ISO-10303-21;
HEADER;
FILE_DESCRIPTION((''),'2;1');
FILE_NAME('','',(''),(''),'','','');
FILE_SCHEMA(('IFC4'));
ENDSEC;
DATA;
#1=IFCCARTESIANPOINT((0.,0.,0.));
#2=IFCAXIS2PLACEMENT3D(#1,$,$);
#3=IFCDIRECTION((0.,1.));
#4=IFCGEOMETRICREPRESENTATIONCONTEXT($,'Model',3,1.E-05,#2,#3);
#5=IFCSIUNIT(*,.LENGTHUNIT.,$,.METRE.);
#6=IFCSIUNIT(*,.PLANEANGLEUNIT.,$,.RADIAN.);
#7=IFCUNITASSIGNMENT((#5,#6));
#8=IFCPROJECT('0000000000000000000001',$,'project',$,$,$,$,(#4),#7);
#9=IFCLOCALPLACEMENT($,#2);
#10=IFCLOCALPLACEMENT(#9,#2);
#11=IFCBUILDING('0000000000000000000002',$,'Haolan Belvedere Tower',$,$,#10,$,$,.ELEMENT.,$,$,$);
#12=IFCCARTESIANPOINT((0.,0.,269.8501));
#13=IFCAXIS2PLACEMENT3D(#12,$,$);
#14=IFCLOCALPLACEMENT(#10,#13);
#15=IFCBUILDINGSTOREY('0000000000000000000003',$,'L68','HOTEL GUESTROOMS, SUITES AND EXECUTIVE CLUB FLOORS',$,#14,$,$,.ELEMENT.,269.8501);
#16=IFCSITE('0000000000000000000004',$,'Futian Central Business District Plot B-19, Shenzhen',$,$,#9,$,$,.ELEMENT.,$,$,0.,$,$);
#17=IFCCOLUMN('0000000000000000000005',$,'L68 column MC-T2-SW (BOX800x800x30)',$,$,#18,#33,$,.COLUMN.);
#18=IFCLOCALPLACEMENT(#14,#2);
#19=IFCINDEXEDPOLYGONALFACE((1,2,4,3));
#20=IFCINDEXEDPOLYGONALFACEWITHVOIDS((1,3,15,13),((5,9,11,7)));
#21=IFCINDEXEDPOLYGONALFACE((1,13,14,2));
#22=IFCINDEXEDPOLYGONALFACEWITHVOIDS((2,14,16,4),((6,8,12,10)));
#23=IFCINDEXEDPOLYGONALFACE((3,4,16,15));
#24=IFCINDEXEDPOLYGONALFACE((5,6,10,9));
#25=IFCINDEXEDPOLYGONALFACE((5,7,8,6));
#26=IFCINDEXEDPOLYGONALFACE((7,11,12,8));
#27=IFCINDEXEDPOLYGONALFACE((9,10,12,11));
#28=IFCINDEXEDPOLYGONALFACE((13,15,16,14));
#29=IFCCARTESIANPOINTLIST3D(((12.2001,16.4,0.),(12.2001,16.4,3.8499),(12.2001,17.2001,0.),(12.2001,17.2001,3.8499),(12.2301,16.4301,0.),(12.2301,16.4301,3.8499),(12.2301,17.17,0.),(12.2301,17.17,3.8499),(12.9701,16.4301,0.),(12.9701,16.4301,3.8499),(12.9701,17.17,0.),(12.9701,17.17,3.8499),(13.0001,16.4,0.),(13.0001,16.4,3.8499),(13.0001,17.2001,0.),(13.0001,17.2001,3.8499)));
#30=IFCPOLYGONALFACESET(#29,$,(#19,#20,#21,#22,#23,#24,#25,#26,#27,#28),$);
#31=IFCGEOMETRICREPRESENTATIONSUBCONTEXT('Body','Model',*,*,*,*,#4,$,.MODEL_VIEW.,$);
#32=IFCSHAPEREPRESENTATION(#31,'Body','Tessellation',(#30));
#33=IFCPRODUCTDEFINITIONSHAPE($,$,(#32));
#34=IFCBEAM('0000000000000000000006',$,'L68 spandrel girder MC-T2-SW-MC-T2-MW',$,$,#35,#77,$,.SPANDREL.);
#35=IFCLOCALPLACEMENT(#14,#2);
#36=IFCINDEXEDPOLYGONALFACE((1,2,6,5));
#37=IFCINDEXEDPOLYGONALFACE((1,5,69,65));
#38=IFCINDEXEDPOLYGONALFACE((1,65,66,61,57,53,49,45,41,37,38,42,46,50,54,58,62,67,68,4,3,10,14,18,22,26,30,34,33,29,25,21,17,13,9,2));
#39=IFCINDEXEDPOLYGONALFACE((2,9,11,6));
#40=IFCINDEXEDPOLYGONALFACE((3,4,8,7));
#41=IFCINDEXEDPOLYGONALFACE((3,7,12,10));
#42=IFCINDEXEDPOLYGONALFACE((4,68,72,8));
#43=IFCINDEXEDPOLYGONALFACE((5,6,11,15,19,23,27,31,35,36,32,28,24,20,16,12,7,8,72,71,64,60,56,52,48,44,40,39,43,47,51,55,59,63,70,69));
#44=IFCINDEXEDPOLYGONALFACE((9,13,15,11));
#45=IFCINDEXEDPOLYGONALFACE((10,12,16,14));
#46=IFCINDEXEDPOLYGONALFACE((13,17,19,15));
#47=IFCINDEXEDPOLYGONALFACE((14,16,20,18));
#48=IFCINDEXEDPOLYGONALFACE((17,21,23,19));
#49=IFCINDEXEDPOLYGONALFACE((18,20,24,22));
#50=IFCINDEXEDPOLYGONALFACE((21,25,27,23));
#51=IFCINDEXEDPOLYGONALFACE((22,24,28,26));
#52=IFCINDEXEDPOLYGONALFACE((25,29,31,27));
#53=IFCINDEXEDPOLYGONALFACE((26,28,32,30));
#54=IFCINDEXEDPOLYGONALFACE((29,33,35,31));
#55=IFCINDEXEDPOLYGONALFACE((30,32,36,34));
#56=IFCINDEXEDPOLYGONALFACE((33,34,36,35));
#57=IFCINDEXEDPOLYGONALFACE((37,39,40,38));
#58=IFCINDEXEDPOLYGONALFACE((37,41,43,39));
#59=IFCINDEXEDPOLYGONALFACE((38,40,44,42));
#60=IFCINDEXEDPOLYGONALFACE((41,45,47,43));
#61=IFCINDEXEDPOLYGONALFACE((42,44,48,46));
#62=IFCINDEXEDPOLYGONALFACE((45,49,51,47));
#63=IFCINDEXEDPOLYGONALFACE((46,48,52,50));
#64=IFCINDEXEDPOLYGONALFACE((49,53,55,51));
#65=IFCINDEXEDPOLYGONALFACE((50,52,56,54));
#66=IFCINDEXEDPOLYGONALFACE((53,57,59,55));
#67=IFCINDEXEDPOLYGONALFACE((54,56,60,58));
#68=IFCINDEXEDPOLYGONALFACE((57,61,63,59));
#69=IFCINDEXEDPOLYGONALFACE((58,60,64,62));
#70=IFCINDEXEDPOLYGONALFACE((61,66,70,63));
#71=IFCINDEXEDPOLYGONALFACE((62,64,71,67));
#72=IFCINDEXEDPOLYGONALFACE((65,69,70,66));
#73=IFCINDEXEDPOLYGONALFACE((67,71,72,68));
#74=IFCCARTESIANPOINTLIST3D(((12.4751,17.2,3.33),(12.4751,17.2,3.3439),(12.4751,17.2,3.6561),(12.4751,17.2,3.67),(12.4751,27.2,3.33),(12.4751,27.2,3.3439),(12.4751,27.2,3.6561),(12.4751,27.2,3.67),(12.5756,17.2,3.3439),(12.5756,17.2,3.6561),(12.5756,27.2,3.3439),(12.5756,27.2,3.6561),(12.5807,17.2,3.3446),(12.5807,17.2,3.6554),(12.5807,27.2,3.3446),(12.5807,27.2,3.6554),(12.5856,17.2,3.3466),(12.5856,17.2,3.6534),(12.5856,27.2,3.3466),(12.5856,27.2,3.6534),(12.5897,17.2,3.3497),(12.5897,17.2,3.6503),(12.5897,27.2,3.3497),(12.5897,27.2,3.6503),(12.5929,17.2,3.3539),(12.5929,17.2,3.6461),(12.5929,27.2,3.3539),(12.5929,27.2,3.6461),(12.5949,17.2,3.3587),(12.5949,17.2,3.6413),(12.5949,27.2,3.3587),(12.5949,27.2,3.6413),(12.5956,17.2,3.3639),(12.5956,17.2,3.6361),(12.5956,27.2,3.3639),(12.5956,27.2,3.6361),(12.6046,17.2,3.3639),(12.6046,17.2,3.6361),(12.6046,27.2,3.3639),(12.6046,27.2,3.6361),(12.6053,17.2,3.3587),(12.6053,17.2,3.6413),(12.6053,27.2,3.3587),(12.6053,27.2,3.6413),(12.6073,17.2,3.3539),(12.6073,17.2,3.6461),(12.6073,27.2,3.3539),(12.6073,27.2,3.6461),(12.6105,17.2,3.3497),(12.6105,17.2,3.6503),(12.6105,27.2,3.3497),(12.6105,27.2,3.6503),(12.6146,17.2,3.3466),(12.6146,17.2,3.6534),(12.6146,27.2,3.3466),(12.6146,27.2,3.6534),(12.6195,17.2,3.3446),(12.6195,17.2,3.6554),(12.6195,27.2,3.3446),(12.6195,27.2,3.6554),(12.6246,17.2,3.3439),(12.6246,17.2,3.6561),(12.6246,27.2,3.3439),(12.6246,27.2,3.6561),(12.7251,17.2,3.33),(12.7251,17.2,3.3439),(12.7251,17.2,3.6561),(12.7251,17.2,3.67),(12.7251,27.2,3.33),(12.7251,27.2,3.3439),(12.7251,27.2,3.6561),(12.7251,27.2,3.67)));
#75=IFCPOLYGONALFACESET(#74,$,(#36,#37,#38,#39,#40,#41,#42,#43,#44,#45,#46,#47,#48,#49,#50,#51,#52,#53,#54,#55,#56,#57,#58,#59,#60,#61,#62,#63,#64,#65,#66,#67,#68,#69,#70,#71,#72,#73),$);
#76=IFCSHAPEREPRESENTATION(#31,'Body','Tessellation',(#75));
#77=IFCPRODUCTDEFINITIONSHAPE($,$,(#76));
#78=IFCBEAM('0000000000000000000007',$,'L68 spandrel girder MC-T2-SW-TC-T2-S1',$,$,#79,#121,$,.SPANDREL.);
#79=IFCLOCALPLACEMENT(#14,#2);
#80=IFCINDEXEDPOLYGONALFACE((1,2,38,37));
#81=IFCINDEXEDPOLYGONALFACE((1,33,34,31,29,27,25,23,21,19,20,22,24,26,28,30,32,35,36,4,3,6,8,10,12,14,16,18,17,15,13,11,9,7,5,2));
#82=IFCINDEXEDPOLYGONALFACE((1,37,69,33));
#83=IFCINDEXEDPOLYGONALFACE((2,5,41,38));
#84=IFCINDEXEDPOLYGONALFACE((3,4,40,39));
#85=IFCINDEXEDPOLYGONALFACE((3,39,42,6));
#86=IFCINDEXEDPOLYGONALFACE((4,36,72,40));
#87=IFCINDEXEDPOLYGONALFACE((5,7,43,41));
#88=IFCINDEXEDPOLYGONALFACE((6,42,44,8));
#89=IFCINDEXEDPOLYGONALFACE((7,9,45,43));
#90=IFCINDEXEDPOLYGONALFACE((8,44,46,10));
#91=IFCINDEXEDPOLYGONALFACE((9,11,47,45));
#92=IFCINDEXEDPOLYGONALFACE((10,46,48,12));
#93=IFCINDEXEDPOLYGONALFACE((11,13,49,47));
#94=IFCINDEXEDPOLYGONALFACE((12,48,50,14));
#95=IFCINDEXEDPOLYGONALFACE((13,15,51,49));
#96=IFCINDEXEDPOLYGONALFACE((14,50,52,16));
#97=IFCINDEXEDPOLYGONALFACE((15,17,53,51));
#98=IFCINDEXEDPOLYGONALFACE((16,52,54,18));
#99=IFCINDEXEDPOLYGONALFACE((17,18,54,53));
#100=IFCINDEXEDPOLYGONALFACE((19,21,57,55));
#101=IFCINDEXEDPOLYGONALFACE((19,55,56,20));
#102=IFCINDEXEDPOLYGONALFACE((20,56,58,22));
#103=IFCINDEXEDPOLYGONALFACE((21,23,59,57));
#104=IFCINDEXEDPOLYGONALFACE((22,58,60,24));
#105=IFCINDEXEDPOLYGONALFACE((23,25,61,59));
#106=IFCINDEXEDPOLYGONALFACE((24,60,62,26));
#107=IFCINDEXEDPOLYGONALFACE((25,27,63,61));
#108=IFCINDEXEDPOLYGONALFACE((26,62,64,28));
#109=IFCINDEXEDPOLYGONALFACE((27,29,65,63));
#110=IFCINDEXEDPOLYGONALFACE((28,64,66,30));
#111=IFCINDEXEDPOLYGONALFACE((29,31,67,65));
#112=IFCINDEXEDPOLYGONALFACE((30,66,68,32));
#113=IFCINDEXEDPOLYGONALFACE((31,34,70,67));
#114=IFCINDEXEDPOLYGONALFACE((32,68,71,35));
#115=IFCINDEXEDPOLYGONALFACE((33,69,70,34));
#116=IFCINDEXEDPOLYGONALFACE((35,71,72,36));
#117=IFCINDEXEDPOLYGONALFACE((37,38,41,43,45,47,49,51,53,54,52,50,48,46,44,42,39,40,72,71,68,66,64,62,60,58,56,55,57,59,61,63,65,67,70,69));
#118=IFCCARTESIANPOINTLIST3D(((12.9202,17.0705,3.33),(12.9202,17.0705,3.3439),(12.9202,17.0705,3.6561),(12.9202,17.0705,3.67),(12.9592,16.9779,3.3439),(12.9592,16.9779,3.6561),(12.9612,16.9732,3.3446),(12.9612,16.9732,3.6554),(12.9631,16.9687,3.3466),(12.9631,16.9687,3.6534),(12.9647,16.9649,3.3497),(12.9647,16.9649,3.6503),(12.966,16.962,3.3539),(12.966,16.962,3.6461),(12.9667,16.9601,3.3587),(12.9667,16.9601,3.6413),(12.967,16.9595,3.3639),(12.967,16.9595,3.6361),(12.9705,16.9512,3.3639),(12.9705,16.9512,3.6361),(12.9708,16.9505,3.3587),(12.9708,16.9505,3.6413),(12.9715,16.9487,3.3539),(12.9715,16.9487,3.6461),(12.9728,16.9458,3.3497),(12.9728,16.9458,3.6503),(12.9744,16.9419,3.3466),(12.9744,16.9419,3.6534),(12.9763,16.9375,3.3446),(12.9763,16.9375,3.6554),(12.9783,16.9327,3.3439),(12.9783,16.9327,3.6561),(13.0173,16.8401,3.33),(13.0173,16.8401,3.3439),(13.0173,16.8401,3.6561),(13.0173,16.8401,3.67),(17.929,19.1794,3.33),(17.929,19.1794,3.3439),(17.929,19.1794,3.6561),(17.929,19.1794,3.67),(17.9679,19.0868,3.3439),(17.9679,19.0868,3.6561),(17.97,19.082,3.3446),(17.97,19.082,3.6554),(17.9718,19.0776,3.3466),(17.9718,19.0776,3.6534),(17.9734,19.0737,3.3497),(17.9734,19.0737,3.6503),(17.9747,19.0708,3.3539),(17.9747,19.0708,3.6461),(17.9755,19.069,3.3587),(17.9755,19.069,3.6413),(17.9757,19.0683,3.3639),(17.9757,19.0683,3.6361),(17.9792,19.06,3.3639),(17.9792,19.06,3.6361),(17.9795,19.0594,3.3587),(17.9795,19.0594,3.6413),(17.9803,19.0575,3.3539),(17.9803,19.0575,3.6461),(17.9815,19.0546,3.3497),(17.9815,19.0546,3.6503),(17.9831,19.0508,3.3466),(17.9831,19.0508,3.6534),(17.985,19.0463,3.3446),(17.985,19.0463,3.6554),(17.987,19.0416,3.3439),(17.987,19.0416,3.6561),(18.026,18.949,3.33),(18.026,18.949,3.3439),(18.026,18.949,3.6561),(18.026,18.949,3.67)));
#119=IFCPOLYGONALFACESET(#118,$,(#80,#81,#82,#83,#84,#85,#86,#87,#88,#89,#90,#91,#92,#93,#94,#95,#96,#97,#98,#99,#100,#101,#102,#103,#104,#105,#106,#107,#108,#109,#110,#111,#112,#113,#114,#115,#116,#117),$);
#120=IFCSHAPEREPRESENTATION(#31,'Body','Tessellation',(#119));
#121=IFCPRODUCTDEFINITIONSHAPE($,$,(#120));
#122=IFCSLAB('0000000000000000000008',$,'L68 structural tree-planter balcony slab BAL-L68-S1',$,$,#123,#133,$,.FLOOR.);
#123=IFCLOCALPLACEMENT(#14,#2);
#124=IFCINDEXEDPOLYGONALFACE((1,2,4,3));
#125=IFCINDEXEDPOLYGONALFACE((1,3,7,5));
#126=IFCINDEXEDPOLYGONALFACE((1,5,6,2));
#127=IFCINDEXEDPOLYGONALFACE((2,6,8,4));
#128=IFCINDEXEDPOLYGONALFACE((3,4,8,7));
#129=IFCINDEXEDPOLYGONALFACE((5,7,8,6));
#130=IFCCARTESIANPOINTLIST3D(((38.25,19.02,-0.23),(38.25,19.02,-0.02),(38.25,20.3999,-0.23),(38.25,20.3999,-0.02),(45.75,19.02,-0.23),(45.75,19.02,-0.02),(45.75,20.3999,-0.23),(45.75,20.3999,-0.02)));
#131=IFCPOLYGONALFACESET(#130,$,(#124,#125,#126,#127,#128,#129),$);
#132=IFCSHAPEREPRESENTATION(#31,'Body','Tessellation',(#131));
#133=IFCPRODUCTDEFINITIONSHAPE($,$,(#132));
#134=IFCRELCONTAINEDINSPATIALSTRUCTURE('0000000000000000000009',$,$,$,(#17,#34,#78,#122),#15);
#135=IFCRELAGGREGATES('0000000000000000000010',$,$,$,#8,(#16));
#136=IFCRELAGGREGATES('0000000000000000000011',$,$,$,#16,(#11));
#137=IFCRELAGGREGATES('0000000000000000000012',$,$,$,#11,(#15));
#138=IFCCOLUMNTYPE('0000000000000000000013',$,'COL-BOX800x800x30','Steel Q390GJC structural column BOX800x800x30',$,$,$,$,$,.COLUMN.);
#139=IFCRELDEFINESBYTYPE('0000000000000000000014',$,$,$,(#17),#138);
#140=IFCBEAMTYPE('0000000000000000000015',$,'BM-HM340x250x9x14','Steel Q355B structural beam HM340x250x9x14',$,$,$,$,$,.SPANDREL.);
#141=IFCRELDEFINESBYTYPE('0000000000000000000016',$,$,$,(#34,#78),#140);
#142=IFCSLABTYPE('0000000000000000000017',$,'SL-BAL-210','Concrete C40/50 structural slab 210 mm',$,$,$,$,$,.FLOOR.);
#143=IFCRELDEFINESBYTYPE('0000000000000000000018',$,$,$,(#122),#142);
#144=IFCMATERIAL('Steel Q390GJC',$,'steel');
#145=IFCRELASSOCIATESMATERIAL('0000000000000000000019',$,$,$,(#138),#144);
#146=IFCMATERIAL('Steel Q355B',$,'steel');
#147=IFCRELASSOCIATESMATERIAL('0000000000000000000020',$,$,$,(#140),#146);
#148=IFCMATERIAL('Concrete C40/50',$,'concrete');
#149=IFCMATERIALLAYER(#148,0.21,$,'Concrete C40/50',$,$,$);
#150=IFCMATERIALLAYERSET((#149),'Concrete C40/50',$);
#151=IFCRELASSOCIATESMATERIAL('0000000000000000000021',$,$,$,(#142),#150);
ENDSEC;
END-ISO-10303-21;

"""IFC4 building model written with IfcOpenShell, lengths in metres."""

from ifc_helpers import new_model, si_unit, direction, frame, origin, origin_2d, place, context, subcontext, project, spatial, polyline, hollow_rectangle, i_section, outline, extrude, material, layer, layer_set, material_profile, profile_set, type_object, element, save


model = new_model("IFC4")

# Units and contexts
model_context = context("Model", 3, precision=1e-05, world=origin(), true_north=direction((0.0, 1.0)))
body_context = subcontext(model_context, "Body", "Model", "MODEL_VIEW")
ifc_project = project(units=[si_unit("LENGTHUNIT", "METRE"), si_unit("PLANEANGLEUNIT", "RADIAN")], contexts=[model_context])

# Site, building, storey
site_placement = place(None, origin())
site = spatial("IfcSite", under=ifc_project, at=site_placement, Name="Futian Central Business District Plot B-19, Shenzhen", CompositionType="ELEMENT", RefElevation=0.0)
building_placement = place(site_placement, origin())
building = spatial("IfcBuilding", under=site, at=building_placement, Name="Haolan Belvedere Tower", CompositionType="ELEMENT")
storey_placement = place(building_placement, frame((0.0, 0.0, 269.8501)))
storey = spatial("IfcBuildingStorey", under=building, at=storey_placement, Name="L68", Description="HOTEL GUESTROOMS, SUITES AND EXECUTIVE CLUB FLOORS", CompositionType="ELEMENT", Elevation=269.8501)

# Column
ifc_material_1 = material(Name="Steel Q390GJC", Category="steel")
ifc_material_profile_1 = material_profile(ifc_material_1, hollow_rectangle(XDim=0.8, YDim=0.8, WallThickness=0.03, at=origin_2d()), Name="Steel Q390GJC")
ifc_profile_set_1 = profile_set([ifc_material_profile_1], Name="Steel Q390GJC")
column_type = type_object("IfcColumnType", Name="COL-BOX800x800x30", Description="Steel Q390GJC structural column BOX800x800x30", PredefinedType="COLUMN", material=ifc_profile_set_1)
column_placement = place(storey_placement, frame((12.6001, 16.8, 0.0), z_axis=(0.0, 0.0, 1.0), x_axis=(1.0, 0.0, 0.0)))
element("IfcColumn", 1, at=column_placement, inside=storey, type_object=column_type, Name="L68 column MC-T2-SW (BOX800x800x30)", PredefinedType="COLUMN", context=body_context, shape_type="SweptSolid", body=[
    extrude(hollow_rectangle(XDim=0.8, YDim=0.8, WallThickness=0.03, at=origin_2d()), origin(), (0.0, 0.0, 1.0), 3.8499),
])

# Beams
ifc_material_2 = material(Name="Steel Q355B", Category="steel")
ifc_material_profile_2 = material_profile(ifc_material_2, i_section(OverallWidth=0.25, OverallDepth=0.3401, WebThickness=0.009, FlangeThickness=0.0139, FilletRadius=0.02, at=origin_2d()), Name="Steel Q355B")
ifc_profile_set_2 = profile_set([ifc_material_profile_2], Name="Steel Q355B")
beam_type = type_object("IfcBeamType", Name="BM-HM340x250x9x14", Description="Steel Q355B structural beam HM340x250x9x14", PredefinedType="SPANDREL", material=ifc_profile_set_2)
beam_1_placement = place(storey_placement, frame((12.6001, 17.2, 3.5), z_axis=(0.0, 1.0, 0.0), x_axis=(-1.0, 0.0, 0.0)))
element("IfcBeam", 2, at=beam_1_placement, inside=storey, type_object=beam_type, Name="L68 spandrel girder MC-T2-SW-MC-T2-MW", PredefinedType="SPANDREL", context=body_context, shape_type="SweptSolid", body=[
    extrude(i_section(OverallWidth=0.25, OverallDepth=0.3401, WebThickness=0.009, FlangeThickness=0.0139, FilletRadius=0.02, at=origin_2d()), origin(), (0.0, 0.0, 1.0), 10.0),
])
beam_2_placement = place(storey_placement, frame((12.9688, 16.9553, 3.5), z_axis=(0.92164, 0.388045, 0.0), x_axis=(-0.388045, 0.92164, 0.0)))
element("IfcBeam", 3, at=beam_2_placement, inside=storey, type_object=beam_type, Name="L68 spandrel girder MC-T2-SW-TC-T2-S1", PredefinedType="SPANDREL", context=body_context, shape_type="SweptSolid", body=[
    extrude(i_section(OverallWidth=0.25, OverallDepth=0.3401, WebThickness=0.009, FlangeThickness=0.0139, FilletRadius=0.02, at=origin_2d()), origin(), (0.0, 0.0, 1.0), 5.4346),
])

# Slab
ifc_material_3 = material(Name="Concrete C40/50", Category="concrete")
ifc_layer_1 = layer(ifc_material_3, 0.21, Name="Concrete C40/50")
ifc_layer_set_1 = layer_set([ifc_layer_1], Name="Concrete C40/50")
slab_type_1 = type_object("IfcSlabType", Name="SL-BAL-210", Description="Concrete C40/50 structural slab 210 mm", PredefinedType="FLOOR", material=ifc_layer_set_1)
slab_1_placement = place(storey_placement, frame((0.0, 0.0, -0.23)))
element("IfcSlab", 4, at=slab_1_placement, inside=storey, type_object=slab_type_1, Name="L68 structural tree-planter balcony slab BAL-L68-S1", PredefinedType="FLOOR", context=body_context, shape_type="SweptSolid", body=[
    extrude(outline(polyline([(38.25, 19.02), (45.75, 19.02), (45.75, 20.3999), (38.25, 20.3999), (38.25, 19.02)])), origin(), (0.0, 0.0, 1.0), 0.21),
])

save(model, "model.ifc")
